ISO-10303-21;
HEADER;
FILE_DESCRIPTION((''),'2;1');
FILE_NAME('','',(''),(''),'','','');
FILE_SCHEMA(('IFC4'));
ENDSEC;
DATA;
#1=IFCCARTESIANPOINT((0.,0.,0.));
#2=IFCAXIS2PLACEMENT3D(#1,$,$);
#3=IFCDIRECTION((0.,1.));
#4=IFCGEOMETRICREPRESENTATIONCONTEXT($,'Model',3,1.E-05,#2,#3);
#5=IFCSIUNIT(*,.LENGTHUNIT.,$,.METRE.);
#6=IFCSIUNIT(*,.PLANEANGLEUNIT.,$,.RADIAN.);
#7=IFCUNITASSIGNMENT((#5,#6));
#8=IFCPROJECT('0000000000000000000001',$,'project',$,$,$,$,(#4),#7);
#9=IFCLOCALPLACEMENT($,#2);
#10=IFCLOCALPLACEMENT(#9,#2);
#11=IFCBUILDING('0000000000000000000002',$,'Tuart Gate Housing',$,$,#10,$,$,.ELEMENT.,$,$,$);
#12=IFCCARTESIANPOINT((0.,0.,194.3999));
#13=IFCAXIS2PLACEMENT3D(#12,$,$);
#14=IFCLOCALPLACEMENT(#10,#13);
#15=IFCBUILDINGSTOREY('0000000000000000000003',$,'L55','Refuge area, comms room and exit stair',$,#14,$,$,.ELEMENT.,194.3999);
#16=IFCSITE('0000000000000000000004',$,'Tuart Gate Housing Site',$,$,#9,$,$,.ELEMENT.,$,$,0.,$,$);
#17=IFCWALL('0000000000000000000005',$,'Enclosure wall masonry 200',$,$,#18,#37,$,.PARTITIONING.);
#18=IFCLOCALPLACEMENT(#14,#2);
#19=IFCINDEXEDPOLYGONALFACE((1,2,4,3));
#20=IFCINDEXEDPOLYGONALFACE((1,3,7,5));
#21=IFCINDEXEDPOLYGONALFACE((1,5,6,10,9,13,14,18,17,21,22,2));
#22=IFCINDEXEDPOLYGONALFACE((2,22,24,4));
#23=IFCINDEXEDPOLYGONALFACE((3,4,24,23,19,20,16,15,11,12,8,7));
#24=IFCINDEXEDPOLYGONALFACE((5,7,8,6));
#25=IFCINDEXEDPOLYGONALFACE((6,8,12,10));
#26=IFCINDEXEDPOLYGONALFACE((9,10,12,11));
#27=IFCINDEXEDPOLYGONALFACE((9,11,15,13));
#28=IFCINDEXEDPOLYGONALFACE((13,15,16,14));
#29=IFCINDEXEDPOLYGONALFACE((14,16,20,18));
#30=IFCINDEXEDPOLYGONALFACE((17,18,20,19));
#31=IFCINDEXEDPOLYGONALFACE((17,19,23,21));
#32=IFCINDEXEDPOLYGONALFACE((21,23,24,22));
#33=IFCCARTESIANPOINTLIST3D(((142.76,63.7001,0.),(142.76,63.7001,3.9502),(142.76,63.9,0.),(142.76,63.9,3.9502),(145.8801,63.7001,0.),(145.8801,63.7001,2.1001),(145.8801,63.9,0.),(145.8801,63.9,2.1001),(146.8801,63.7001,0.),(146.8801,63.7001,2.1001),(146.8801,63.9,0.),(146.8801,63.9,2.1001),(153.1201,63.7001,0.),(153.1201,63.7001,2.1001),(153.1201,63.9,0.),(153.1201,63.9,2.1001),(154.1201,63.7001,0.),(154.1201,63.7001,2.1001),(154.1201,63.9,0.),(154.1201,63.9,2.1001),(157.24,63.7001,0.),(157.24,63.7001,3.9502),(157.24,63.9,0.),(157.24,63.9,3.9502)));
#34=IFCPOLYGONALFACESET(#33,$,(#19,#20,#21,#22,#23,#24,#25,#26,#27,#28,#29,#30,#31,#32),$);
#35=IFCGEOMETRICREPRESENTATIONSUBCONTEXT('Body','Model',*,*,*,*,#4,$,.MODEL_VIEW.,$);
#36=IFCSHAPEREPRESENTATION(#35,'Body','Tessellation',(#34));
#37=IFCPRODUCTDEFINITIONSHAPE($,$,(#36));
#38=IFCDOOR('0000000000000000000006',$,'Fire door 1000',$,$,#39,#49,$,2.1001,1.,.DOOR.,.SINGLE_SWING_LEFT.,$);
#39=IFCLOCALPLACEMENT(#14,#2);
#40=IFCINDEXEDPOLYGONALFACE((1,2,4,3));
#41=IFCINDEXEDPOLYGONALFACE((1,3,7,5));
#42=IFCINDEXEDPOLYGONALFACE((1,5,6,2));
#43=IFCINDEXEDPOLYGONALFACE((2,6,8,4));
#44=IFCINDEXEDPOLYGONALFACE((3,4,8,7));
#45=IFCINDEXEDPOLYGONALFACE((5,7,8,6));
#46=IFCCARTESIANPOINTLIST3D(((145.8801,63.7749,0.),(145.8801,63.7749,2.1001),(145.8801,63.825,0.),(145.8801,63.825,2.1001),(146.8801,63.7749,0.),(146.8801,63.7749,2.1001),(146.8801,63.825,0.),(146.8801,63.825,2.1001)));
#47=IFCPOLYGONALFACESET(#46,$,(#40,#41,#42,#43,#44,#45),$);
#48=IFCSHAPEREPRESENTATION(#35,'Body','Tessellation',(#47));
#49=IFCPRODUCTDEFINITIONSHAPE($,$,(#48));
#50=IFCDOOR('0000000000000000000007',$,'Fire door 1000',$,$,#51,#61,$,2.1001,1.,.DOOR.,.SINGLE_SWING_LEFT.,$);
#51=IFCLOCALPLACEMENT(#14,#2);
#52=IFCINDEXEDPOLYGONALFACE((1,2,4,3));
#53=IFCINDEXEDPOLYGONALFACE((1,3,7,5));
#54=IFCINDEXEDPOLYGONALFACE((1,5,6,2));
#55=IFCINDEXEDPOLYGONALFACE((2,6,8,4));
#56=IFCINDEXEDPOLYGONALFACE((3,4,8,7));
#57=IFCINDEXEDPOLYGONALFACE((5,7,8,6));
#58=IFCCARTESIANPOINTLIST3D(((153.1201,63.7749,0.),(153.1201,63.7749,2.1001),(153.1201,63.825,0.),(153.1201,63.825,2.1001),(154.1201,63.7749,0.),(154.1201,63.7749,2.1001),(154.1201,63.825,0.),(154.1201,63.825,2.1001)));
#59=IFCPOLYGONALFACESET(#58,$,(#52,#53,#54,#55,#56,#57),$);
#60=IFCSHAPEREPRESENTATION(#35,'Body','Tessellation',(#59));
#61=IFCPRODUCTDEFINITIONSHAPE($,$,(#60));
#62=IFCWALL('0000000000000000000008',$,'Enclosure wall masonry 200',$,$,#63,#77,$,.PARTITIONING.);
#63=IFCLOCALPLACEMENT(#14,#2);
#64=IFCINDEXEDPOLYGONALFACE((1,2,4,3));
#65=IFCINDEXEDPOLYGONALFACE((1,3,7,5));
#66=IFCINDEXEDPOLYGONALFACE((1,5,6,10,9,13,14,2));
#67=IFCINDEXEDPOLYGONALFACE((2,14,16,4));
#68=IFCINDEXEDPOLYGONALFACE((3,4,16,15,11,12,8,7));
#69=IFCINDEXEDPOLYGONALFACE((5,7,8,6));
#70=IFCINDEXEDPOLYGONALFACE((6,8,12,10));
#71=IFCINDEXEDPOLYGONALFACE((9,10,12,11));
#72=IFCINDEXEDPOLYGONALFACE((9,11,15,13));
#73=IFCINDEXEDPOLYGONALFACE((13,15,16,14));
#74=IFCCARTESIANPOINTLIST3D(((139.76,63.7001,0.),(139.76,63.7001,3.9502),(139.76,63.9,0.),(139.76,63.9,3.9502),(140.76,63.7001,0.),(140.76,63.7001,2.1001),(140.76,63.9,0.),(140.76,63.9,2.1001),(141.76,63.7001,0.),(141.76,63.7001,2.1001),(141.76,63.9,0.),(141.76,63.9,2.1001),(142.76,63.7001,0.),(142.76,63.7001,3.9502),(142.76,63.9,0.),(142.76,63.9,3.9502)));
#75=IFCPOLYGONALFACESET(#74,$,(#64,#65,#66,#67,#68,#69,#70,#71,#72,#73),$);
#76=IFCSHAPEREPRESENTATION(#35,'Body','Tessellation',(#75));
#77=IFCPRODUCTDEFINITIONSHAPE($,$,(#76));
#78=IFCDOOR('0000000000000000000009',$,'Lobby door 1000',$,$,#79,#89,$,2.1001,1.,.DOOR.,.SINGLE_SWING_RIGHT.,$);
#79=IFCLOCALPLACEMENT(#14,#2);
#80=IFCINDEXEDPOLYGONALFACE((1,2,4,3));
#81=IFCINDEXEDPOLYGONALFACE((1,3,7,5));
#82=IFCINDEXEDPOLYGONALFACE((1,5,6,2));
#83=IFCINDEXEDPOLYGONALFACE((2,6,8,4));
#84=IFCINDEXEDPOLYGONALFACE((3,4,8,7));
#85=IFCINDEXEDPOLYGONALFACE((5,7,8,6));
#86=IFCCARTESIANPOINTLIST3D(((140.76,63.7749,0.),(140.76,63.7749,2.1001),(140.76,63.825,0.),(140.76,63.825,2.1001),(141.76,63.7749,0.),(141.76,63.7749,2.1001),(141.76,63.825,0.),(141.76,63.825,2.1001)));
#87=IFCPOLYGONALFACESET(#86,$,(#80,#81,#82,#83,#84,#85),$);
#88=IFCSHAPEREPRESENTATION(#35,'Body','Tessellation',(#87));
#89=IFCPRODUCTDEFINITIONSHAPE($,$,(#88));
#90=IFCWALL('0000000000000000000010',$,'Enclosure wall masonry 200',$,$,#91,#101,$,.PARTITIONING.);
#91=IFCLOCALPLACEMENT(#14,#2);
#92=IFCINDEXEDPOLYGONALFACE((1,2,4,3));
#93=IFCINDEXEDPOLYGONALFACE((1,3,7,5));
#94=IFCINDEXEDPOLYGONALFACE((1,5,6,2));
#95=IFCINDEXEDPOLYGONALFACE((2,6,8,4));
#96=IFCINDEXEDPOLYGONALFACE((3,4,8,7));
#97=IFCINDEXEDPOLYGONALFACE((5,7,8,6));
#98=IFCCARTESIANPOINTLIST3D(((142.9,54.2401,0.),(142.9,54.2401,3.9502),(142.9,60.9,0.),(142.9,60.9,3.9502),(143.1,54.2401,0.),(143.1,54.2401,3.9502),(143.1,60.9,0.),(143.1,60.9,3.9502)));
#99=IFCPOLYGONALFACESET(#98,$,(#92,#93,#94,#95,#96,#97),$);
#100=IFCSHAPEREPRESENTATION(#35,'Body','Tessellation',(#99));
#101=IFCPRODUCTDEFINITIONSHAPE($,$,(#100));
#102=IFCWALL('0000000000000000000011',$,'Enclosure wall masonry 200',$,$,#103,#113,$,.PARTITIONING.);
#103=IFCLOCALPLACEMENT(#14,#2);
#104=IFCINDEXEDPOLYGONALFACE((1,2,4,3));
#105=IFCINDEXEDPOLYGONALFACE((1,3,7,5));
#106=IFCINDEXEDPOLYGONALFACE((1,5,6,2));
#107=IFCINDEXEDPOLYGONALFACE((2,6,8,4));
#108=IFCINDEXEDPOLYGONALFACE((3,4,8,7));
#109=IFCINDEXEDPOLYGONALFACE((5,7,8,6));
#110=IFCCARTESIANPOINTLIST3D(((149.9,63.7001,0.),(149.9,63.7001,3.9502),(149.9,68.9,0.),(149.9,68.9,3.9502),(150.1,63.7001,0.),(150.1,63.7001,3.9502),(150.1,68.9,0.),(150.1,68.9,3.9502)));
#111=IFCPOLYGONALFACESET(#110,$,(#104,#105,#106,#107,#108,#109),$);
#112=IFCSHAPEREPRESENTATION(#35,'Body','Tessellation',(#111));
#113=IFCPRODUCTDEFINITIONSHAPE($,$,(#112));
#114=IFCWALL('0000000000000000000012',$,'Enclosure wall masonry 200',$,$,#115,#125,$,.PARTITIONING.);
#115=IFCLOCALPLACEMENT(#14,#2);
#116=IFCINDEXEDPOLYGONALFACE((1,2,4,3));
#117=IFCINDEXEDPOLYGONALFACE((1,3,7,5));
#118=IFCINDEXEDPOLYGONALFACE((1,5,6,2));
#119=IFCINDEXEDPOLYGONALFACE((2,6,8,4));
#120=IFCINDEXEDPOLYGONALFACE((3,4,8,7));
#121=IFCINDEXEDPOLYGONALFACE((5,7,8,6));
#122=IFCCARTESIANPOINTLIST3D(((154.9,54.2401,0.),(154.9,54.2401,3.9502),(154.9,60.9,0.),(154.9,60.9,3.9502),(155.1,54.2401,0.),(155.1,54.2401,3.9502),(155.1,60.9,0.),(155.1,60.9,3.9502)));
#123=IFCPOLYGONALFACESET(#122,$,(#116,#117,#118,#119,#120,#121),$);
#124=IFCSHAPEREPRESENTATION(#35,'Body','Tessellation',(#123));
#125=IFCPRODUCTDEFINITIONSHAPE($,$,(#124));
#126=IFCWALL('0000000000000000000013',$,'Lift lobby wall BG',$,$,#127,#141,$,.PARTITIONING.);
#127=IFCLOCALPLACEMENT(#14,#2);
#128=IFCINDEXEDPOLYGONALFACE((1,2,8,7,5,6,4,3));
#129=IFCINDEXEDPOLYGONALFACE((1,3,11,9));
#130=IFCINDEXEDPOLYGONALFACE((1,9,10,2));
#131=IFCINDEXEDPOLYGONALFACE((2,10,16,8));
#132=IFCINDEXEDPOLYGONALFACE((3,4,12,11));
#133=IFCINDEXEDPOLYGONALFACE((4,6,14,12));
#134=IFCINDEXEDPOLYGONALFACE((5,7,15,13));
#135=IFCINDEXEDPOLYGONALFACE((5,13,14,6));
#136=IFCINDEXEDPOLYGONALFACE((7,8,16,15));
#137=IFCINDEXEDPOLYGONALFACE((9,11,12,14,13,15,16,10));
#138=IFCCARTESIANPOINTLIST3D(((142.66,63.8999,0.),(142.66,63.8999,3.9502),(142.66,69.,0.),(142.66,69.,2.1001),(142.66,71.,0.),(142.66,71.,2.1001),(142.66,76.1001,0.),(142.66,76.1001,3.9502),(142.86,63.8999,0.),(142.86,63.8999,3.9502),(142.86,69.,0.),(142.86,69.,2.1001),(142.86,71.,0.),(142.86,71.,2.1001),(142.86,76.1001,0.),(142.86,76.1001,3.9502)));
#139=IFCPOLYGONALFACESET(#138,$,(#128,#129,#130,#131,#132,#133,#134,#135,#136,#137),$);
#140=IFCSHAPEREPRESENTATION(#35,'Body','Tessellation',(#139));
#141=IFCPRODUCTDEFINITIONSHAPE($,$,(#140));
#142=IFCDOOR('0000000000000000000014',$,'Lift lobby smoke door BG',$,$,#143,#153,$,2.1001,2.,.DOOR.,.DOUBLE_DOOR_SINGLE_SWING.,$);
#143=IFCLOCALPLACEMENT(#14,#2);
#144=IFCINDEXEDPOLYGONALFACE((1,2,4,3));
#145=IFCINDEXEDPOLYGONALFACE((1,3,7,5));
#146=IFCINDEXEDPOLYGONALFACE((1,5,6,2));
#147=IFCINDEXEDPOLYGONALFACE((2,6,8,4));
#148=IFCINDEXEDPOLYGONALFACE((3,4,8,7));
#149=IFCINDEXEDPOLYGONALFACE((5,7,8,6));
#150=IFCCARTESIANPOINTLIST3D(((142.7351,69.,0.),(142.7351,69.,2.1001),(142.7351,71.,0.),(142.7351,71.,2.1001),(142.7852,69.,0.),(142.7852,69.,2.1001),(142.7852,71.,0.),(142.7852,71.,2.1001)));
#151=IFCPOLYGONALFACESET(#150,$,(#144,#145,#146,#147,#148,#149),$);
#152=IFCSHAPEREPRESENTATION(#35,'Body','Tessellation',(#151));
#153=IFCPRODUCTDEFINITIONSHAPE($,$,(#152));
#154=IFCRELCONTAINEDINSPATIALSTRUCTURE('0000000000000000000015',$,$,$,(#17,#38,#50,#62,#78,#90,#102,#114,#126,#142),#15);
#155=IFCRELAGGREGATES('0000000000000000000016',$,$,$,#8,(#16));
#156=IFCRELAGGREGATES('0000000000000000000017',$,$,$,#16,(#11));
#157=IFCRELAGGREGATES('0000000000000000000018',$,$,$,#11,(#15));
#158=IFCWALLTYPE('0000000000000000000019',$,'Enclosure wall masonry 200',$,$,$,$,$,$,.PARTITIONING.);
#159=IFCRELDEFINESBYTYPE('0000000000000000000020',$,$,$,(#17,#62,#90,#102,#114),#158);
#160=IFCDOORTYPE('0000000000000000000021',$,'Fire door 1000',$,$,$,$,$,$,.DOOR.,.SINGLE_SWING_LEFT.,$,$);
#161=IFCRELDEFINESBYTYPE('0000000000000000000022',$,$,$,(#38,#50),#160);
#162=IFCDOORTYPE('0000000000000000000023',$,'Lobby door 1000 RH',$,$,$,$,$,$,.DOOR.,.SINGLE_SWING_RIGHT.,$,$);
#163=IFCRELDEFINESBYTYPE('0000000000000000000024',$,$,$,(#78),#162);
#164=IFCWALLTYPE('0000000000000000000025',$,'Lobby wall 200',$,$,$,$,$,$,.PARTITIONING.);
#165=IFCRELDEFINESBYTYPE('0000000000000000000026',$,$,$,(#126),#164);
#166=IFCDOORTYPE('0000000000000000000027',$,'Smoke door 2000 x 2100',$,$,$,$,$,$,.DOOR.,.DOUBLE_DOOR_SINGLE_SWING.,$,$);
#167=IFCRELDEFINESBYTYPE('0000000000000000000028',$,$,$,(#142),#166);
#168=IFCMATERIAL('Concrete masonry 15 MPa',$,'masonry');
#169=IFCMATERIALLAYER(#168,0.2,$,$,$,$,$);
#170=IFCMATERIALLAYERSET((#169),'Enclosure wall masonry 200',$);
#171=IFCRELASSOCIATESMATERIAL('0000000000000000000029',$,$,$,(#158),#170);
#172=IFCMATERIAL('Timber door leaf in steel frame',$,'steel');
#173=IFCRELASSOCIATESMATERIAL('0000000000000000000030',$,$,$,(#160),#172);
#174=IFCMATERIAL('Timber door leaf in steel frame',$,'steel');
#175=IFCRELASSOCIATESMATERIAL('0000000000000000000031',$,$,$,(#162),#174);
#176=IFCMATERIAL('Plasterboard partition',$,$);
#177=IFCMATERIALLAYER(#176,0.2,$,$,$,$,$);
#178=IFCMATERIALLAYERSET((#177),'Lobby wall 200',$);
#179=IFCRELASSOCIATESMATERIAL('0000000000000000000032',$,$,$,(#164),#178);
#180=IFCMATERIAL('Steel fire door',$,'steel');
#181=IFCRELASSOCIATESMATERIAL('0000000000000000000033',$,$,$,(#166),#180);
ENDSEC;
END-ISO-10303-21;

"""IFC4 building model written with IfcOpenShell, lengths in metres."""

from ifc_helpers import new_model, si_unit, direction, frame, frame_2d, origin, place, context, subcontext, project, spatial, rectangle, extrude, material, layer, layer_set, type_object, element, fill, save


model = new_model("IFC4")

# Units and contexts
model_context = context("Model", 3, precision=1e-05, world=origin(), true_north=direction((0.0, 1.0)))
body_context = subcontext(model_context, "Body", "Model", "MODEL_VIEW")
ifc_project = project(units=[si_unit("LENGTHUNIT", "METRE"), si_unit("PLANEANGLEUNIT", "RADIAN")], contexts=[model_context])

# Site, building, storey
site_placement = place(None, origin())
site = spatial("IfcSite", under=ifc_project, at=site_placement, Name="Tuart Gate Housing Site", CompositionType="ELEMENT", RefElevation=0.0)
building_placement = place(site_placement, origin())
building = spatial("IfcBuilding", under=site, at=building_placement, Name="Tuart Gate Housing", CompositionType="ELEMENT")
storey_placement = place(building_placement, frame((0.0, 0.0, 194.3999)))
storey = spatial("IfcBuildingStorey", under=building, at=storey_placement, Name="L55", Description="Refuge area, comms room and exit stair", CompositionType="ELEMENT", Elevation=194.3999)

# Wall, openings, doors
ifc_material_1 = material(Name="Concrete masonry 15 MPa", Category="masonry")
ifc_layer_1 = layer(ifc_material_1, 0.2)
ifc_layer_set_1 = layer_set([ifc_layer_1], Name="Enclosure wall masonry 200")
wall_type_1 = type_object("IfcWallType", Name="Enclosure wall masonry 200", PredefinedType="PARTITIONING", material=ifc_layer_set_1)
wall_1_placement = place(storey_placement, frame((142.76, 63.8, 0.0), z_axis=(0.0, 0.0, 1.0), x_axis=(1.0, 0.0, 0.0)))
wall_1 = element("IfcWall", 1, at=wall_1_placement, inside=storey, type_object=wall_type_1, Name="Enclosure wall masonry 200", PredefinedType="PARTITIONING", context=body_context, shape_type="SweptSolid", body=[
    extrude(rectangle(XDim=14.48, YDim=0.2, at=frame_2d((7.24, 0.0))), origin(), (0.0, 0.0, 1.0), 3.9502),
])
opening_1_placement = place(wall_1_placement, frame((3.1201, 0.0, 0.0)))
opening_1 = element("IfcOpeningElement", 2, at=opening_1_placement, cuts=wall_1, PredefinedType="OPENING", context=body_context, shape_type="SweptSolid", body=[
    extrude(rectangle(XDim=1.0, YDim=2.1001, at=frame_2d((0.5, 1.05))), frame((0.0, 0.1099, 0.0), z_axis=(0.0, -1.0, 0.0), x_axis=(1.0, 0.0, 0.0)), (0.0, 0.0, 1.0), 0.22),
])
opening_2_placement = place(wall_1_placement, frame((10.3601, 0.0, 0.0)))
opening_2 = element("IfcOpeningElement", 3, at=opening_2_placement, cuts=wall_1, PredefinedType="OPENING", context=body_context, shape_type="SweptSolid", body=[
    extrude(rectangle(XDim=1.0, YDim=2.1001, at=frame_2d((0.5, 1.05))), frame((0.0, 0.1099, 0.0), z_axis=(0.0, -1.0, 0.0), x_axis=(1.0, 0.0, 0.0)), (0.0, 0.0, 1.0), 0.22),
])
ifc_material_2 = material(Name="Timber door leaf in steel frame", Category="steel")
door_type_1 = type_object("IfcDoorType", Name="Fire door 1000", OperationType="SINGLE_SWING_LEFT", PredefinedType="DOOR", material=ifc_material_2)
door_1_placement = place(opening_1_placement, origin())
door_1 = element("IfcDoor", 4, at=door_1_placement, inside=storey, type_object=door_type_1, Name="Fire door 1000", OperationType="SINGLE_SWING_LEFT", OverallHeight=2.1001, OverallWidth=1.0, PredefinedType="DOOR", context=body_context, shape_type="SweptSolid", body=[
    extrude(rectangle(XDim=1.0, YDim=2.1001, at=frame_2d((0.5, 1.05))), frame((0.0, 0.0249, 0.0), z_axis=(0.0, -1.0, 0.0), x_axis=(1.0, 0.0, 0.0)), (0.0, 0.0, 1.0), 0.05),
])
fill(opening_1, door_1)
door_2_placement = place(opening_2_placement, origin())
door_2 = element("IfcDoor", 5, at=door_2_placement, inside=storey, type_object=door_type_1, Name="Fire door 1000", OperationType="SINGLE_SWING_LEFT", OverallHeight=2.1001, OverallWidth=1.0, PredefinedType="DOOR", context=body_context, shape_type="SweptSolid", body=[
    extrude(rectangle(XDim=1.0, YDim=2.1001, at=frame_2d((0.5, 1.05))), frame((0.0, 0.0249, 0.0), z_axis=(0.0, -1.0, 0.0), x_axis=(1.0, 0.0, 0.0)), (0.0, 0.0, 1.0), 0.05),
])
fill(opening_2, door_2)

# Wall, opening, door
wall_2_placement = place(storey_placement, frame((139.76, 63.8, 0.0), z_axis=(0.0, 0.0, 1.0), x_axis=(1.0, 0.0, 0.0)))
wall_2 = element("IfcWall", 6, at=wall_2_placement, inside=storey, type_object=wall_type_1, Name="Enclosure wall masonry 200", PredefinedType="PARTITIONING", context=body_context, shape_type="SweptSolid", body=[
    extrude(rectangle(XDim=3.0, YDim=0.2, at=frame_2d((1.5, 0.0))), origin(), (0.0, 0.0, 1.0), 3.9502),
])
opening_3_placement = place(wall_2_placement, frame((1.0, 0.0, 0.0)))
opening_3 = element("IfcOpeningElement", 7, at=opening_3_placement, cuts=wall_2, PredefinedType="OPENING", context=body_context, shape_type="SweptSolid", body=[
    extrude(rectangle(XDim=1.0, YDim=2.1001, at=frame_2d((0.5, 1.05))), frame((0.0, 0.1099, 0.0), z_axis=(0.0, -1.0, 0.0), x_axis=(1.0, 0.0, 0.0)), (0.0, 0.0, 1.0), 0.22),
])
ifc_material_3 = material(Name="Timber door leaf in steel frame", Category="steel")
door_type_2 = type_object("IfcDoorType", Name="Lobby door 1000 RH", OperationType="SINGLE_SWING_RIGHT", PredefinedType="DOOR", material=ifc_material_3)
door_3_placement = place(opening_3_placement, origin())
door_3 = element("IfcDoor", 8, at=door_3_placement, inside=storey, type_object=door_type_2, Name="Lobby door 1000", OperationType="SINGLE_SWING_RIGHT", OverallHeight=2.1001, OverallWidth=1.0, PredefinedType="DOOR", context=body_context, shape_type="SweptSolid", body=[
    extrude(rectangle(XDim=1.0, YDim=2.1001, at=frame_2d((0.5, 1.05))), frame((0.0, 0.0249, 0.0), z_axis=(0.0, -1.0, 0.0), x_axis=(1.0, 0.0, 0.0)), (0.0, 0.0, 1.0), 0.05),
])
fill(opening_3, door_3)

# Walls
wall_3_placement = place(storey_placement, frame((143.0, 54.24, 0.0), z_axis=(0.0, 0.0, 1.0), x_axis=(0.0, 1.0, 0.0)))
element("IfcWall", 9, at=wall_3_placement, inside=storey, type_object=wall_type_1, Name="Enclosure wall masonry 200", PredefinedType="PARTITIONING", context=body_context, shape_type="SweptSolid", body=[
    extrude(rectangle(XDim=6.6599, YDim=0.2, at=frame_2d((3.3301, 0.0))), origin(), (0.0, 0.0, 1.0), 3.9502),
])
wall_4_placement = place(storey_placement, frame((150.0, 63.7, 0.0), z_axis=(0.0, 0.0, 1.0), x_axis=(0.0, 1.0, 0.0)))
element("IfcWall", 10, at=wall_4_placement, inside=storey, type_object=wall_type_1, Name="Enclosure wall masonry 200", PredefinedType="PARTITIONING", context=body_context, shape_type="SweptSolid", body=[
    extrude(rectangle(XDim=5.2, YDim=0.2, at=frame_2d((2.6001, 0.0))), origin(), (0.0, 0.0, 1.0), 3.9502),
])
wall_5_placement = place(storey_placement, frame((155.0, 54.24, 0.0), z_axis=(0.0, 0.0, 1.0), x_axis=(0.0, 1.0, 0.0)))
element("IfcWall", 11, at=wall_5_placement, inside=storey, type_object=wall_type_1, Name="Enclosure wall masonry 200", PredefinedType="PARTITIONING", context=body_context, shape_type="SweptSolid", body=[
    extrude(rectangle(XDim=6.6599, YDim=0.2, at=frame_2d((3.3301, 0.0))), origin(), (0.0, 0.0, 1.0), 3.9502),
])

# Wall, opening, door
ifc_material_4 = material(Name="Plasterboard partition")
ifc_layer_2 = layer(ifc_material_4, 0.2)
ifc_layer_set_2 = layer_set([ifc_layer_2], Name="Lobby wall 200")
wall_type_2 = type_object("IfcWallType", Name="Lobby wall 200", PredefinedType="PARTITIONING", material=ifc_layer_set_2)
wall_6_placement = place(storey_placement, frame((142.76, 63.8999, 0.0), z_axis=(0.0, 0.0, 1.0), x_axis=(0.0, 1.0, 0.0)))
wall_6 = element("IfcWall", 12, at=wall_6_placement, inside=storey, type_object=wall_type_2, Name="Lift lobby wall BG", PredefinedType="PARTITIONING", context=body_context, shape_type="SweptSolid", body=[
    extrude(rectangle(XDim=12.2002, YDim=0.2, at=frame_2d((6.1001, 0.0))), origin(), (0.0, 0.0, 1.0), 3.9502),
])
opening_4_placement = place(wall_6_placement, frame((5.1001, 0.0, 0.0)))
opening_4 = element("IfcOpeningElement", 13, at=opening_4_placement, cuts=wall_6, PredefinedType="OPENING", context=body_context, shape_type="SweptSolid", body=[
    extrude(rectangle(XDim=2.0, YDim=2.1001, at=frame_2d((1.0, 1.05))), frame((0.0, 0.1099, 0.0), z_axis=(0.0, -1.0, 0.0), x_axis=(1.0, 0.0, 0.0)), (0.0, 0.0, 1.0), 0.22),
])
ifc_material_5 = material(Name="Steel fire door", Category="steel")
door_type_3 = type_object("IfcDoorType", Name="Smoke door 2000 x 2100", OperationType="DOUBLE_DOOR_SINGLE_SWING", PredefinedType="DOOR", material=ifc_material_5)
door_4_placement = place(opening_4_placement, origin())
door_4 = element("IfcDoor", 14, at=door_4_placement, inside=storey, type_object=door_type_3, Name="Lift lobby smoke door BG", OperationType="DOUBLE_DOOR_SINGLE_SWING", OverallHeight=2.1001, OverallWidth=2.0, PredefinedType="DOOR", context=body_context, shape_type="SweptSolid", body=[
    extrude(rectangle(XDim=2.0, YDim=2.1001, at=frame_2d((1.0, 1.05))), frame((0.0, 0.0249, 0.0), z_axis=(0.0, -1.0, 0.0), x_axis=(1.0, 0.0, 0.0)), (0.0, 0.0, 1.0), 0.05),
])
fill(opening_4, door_4)

save(model, "model.ifc")
